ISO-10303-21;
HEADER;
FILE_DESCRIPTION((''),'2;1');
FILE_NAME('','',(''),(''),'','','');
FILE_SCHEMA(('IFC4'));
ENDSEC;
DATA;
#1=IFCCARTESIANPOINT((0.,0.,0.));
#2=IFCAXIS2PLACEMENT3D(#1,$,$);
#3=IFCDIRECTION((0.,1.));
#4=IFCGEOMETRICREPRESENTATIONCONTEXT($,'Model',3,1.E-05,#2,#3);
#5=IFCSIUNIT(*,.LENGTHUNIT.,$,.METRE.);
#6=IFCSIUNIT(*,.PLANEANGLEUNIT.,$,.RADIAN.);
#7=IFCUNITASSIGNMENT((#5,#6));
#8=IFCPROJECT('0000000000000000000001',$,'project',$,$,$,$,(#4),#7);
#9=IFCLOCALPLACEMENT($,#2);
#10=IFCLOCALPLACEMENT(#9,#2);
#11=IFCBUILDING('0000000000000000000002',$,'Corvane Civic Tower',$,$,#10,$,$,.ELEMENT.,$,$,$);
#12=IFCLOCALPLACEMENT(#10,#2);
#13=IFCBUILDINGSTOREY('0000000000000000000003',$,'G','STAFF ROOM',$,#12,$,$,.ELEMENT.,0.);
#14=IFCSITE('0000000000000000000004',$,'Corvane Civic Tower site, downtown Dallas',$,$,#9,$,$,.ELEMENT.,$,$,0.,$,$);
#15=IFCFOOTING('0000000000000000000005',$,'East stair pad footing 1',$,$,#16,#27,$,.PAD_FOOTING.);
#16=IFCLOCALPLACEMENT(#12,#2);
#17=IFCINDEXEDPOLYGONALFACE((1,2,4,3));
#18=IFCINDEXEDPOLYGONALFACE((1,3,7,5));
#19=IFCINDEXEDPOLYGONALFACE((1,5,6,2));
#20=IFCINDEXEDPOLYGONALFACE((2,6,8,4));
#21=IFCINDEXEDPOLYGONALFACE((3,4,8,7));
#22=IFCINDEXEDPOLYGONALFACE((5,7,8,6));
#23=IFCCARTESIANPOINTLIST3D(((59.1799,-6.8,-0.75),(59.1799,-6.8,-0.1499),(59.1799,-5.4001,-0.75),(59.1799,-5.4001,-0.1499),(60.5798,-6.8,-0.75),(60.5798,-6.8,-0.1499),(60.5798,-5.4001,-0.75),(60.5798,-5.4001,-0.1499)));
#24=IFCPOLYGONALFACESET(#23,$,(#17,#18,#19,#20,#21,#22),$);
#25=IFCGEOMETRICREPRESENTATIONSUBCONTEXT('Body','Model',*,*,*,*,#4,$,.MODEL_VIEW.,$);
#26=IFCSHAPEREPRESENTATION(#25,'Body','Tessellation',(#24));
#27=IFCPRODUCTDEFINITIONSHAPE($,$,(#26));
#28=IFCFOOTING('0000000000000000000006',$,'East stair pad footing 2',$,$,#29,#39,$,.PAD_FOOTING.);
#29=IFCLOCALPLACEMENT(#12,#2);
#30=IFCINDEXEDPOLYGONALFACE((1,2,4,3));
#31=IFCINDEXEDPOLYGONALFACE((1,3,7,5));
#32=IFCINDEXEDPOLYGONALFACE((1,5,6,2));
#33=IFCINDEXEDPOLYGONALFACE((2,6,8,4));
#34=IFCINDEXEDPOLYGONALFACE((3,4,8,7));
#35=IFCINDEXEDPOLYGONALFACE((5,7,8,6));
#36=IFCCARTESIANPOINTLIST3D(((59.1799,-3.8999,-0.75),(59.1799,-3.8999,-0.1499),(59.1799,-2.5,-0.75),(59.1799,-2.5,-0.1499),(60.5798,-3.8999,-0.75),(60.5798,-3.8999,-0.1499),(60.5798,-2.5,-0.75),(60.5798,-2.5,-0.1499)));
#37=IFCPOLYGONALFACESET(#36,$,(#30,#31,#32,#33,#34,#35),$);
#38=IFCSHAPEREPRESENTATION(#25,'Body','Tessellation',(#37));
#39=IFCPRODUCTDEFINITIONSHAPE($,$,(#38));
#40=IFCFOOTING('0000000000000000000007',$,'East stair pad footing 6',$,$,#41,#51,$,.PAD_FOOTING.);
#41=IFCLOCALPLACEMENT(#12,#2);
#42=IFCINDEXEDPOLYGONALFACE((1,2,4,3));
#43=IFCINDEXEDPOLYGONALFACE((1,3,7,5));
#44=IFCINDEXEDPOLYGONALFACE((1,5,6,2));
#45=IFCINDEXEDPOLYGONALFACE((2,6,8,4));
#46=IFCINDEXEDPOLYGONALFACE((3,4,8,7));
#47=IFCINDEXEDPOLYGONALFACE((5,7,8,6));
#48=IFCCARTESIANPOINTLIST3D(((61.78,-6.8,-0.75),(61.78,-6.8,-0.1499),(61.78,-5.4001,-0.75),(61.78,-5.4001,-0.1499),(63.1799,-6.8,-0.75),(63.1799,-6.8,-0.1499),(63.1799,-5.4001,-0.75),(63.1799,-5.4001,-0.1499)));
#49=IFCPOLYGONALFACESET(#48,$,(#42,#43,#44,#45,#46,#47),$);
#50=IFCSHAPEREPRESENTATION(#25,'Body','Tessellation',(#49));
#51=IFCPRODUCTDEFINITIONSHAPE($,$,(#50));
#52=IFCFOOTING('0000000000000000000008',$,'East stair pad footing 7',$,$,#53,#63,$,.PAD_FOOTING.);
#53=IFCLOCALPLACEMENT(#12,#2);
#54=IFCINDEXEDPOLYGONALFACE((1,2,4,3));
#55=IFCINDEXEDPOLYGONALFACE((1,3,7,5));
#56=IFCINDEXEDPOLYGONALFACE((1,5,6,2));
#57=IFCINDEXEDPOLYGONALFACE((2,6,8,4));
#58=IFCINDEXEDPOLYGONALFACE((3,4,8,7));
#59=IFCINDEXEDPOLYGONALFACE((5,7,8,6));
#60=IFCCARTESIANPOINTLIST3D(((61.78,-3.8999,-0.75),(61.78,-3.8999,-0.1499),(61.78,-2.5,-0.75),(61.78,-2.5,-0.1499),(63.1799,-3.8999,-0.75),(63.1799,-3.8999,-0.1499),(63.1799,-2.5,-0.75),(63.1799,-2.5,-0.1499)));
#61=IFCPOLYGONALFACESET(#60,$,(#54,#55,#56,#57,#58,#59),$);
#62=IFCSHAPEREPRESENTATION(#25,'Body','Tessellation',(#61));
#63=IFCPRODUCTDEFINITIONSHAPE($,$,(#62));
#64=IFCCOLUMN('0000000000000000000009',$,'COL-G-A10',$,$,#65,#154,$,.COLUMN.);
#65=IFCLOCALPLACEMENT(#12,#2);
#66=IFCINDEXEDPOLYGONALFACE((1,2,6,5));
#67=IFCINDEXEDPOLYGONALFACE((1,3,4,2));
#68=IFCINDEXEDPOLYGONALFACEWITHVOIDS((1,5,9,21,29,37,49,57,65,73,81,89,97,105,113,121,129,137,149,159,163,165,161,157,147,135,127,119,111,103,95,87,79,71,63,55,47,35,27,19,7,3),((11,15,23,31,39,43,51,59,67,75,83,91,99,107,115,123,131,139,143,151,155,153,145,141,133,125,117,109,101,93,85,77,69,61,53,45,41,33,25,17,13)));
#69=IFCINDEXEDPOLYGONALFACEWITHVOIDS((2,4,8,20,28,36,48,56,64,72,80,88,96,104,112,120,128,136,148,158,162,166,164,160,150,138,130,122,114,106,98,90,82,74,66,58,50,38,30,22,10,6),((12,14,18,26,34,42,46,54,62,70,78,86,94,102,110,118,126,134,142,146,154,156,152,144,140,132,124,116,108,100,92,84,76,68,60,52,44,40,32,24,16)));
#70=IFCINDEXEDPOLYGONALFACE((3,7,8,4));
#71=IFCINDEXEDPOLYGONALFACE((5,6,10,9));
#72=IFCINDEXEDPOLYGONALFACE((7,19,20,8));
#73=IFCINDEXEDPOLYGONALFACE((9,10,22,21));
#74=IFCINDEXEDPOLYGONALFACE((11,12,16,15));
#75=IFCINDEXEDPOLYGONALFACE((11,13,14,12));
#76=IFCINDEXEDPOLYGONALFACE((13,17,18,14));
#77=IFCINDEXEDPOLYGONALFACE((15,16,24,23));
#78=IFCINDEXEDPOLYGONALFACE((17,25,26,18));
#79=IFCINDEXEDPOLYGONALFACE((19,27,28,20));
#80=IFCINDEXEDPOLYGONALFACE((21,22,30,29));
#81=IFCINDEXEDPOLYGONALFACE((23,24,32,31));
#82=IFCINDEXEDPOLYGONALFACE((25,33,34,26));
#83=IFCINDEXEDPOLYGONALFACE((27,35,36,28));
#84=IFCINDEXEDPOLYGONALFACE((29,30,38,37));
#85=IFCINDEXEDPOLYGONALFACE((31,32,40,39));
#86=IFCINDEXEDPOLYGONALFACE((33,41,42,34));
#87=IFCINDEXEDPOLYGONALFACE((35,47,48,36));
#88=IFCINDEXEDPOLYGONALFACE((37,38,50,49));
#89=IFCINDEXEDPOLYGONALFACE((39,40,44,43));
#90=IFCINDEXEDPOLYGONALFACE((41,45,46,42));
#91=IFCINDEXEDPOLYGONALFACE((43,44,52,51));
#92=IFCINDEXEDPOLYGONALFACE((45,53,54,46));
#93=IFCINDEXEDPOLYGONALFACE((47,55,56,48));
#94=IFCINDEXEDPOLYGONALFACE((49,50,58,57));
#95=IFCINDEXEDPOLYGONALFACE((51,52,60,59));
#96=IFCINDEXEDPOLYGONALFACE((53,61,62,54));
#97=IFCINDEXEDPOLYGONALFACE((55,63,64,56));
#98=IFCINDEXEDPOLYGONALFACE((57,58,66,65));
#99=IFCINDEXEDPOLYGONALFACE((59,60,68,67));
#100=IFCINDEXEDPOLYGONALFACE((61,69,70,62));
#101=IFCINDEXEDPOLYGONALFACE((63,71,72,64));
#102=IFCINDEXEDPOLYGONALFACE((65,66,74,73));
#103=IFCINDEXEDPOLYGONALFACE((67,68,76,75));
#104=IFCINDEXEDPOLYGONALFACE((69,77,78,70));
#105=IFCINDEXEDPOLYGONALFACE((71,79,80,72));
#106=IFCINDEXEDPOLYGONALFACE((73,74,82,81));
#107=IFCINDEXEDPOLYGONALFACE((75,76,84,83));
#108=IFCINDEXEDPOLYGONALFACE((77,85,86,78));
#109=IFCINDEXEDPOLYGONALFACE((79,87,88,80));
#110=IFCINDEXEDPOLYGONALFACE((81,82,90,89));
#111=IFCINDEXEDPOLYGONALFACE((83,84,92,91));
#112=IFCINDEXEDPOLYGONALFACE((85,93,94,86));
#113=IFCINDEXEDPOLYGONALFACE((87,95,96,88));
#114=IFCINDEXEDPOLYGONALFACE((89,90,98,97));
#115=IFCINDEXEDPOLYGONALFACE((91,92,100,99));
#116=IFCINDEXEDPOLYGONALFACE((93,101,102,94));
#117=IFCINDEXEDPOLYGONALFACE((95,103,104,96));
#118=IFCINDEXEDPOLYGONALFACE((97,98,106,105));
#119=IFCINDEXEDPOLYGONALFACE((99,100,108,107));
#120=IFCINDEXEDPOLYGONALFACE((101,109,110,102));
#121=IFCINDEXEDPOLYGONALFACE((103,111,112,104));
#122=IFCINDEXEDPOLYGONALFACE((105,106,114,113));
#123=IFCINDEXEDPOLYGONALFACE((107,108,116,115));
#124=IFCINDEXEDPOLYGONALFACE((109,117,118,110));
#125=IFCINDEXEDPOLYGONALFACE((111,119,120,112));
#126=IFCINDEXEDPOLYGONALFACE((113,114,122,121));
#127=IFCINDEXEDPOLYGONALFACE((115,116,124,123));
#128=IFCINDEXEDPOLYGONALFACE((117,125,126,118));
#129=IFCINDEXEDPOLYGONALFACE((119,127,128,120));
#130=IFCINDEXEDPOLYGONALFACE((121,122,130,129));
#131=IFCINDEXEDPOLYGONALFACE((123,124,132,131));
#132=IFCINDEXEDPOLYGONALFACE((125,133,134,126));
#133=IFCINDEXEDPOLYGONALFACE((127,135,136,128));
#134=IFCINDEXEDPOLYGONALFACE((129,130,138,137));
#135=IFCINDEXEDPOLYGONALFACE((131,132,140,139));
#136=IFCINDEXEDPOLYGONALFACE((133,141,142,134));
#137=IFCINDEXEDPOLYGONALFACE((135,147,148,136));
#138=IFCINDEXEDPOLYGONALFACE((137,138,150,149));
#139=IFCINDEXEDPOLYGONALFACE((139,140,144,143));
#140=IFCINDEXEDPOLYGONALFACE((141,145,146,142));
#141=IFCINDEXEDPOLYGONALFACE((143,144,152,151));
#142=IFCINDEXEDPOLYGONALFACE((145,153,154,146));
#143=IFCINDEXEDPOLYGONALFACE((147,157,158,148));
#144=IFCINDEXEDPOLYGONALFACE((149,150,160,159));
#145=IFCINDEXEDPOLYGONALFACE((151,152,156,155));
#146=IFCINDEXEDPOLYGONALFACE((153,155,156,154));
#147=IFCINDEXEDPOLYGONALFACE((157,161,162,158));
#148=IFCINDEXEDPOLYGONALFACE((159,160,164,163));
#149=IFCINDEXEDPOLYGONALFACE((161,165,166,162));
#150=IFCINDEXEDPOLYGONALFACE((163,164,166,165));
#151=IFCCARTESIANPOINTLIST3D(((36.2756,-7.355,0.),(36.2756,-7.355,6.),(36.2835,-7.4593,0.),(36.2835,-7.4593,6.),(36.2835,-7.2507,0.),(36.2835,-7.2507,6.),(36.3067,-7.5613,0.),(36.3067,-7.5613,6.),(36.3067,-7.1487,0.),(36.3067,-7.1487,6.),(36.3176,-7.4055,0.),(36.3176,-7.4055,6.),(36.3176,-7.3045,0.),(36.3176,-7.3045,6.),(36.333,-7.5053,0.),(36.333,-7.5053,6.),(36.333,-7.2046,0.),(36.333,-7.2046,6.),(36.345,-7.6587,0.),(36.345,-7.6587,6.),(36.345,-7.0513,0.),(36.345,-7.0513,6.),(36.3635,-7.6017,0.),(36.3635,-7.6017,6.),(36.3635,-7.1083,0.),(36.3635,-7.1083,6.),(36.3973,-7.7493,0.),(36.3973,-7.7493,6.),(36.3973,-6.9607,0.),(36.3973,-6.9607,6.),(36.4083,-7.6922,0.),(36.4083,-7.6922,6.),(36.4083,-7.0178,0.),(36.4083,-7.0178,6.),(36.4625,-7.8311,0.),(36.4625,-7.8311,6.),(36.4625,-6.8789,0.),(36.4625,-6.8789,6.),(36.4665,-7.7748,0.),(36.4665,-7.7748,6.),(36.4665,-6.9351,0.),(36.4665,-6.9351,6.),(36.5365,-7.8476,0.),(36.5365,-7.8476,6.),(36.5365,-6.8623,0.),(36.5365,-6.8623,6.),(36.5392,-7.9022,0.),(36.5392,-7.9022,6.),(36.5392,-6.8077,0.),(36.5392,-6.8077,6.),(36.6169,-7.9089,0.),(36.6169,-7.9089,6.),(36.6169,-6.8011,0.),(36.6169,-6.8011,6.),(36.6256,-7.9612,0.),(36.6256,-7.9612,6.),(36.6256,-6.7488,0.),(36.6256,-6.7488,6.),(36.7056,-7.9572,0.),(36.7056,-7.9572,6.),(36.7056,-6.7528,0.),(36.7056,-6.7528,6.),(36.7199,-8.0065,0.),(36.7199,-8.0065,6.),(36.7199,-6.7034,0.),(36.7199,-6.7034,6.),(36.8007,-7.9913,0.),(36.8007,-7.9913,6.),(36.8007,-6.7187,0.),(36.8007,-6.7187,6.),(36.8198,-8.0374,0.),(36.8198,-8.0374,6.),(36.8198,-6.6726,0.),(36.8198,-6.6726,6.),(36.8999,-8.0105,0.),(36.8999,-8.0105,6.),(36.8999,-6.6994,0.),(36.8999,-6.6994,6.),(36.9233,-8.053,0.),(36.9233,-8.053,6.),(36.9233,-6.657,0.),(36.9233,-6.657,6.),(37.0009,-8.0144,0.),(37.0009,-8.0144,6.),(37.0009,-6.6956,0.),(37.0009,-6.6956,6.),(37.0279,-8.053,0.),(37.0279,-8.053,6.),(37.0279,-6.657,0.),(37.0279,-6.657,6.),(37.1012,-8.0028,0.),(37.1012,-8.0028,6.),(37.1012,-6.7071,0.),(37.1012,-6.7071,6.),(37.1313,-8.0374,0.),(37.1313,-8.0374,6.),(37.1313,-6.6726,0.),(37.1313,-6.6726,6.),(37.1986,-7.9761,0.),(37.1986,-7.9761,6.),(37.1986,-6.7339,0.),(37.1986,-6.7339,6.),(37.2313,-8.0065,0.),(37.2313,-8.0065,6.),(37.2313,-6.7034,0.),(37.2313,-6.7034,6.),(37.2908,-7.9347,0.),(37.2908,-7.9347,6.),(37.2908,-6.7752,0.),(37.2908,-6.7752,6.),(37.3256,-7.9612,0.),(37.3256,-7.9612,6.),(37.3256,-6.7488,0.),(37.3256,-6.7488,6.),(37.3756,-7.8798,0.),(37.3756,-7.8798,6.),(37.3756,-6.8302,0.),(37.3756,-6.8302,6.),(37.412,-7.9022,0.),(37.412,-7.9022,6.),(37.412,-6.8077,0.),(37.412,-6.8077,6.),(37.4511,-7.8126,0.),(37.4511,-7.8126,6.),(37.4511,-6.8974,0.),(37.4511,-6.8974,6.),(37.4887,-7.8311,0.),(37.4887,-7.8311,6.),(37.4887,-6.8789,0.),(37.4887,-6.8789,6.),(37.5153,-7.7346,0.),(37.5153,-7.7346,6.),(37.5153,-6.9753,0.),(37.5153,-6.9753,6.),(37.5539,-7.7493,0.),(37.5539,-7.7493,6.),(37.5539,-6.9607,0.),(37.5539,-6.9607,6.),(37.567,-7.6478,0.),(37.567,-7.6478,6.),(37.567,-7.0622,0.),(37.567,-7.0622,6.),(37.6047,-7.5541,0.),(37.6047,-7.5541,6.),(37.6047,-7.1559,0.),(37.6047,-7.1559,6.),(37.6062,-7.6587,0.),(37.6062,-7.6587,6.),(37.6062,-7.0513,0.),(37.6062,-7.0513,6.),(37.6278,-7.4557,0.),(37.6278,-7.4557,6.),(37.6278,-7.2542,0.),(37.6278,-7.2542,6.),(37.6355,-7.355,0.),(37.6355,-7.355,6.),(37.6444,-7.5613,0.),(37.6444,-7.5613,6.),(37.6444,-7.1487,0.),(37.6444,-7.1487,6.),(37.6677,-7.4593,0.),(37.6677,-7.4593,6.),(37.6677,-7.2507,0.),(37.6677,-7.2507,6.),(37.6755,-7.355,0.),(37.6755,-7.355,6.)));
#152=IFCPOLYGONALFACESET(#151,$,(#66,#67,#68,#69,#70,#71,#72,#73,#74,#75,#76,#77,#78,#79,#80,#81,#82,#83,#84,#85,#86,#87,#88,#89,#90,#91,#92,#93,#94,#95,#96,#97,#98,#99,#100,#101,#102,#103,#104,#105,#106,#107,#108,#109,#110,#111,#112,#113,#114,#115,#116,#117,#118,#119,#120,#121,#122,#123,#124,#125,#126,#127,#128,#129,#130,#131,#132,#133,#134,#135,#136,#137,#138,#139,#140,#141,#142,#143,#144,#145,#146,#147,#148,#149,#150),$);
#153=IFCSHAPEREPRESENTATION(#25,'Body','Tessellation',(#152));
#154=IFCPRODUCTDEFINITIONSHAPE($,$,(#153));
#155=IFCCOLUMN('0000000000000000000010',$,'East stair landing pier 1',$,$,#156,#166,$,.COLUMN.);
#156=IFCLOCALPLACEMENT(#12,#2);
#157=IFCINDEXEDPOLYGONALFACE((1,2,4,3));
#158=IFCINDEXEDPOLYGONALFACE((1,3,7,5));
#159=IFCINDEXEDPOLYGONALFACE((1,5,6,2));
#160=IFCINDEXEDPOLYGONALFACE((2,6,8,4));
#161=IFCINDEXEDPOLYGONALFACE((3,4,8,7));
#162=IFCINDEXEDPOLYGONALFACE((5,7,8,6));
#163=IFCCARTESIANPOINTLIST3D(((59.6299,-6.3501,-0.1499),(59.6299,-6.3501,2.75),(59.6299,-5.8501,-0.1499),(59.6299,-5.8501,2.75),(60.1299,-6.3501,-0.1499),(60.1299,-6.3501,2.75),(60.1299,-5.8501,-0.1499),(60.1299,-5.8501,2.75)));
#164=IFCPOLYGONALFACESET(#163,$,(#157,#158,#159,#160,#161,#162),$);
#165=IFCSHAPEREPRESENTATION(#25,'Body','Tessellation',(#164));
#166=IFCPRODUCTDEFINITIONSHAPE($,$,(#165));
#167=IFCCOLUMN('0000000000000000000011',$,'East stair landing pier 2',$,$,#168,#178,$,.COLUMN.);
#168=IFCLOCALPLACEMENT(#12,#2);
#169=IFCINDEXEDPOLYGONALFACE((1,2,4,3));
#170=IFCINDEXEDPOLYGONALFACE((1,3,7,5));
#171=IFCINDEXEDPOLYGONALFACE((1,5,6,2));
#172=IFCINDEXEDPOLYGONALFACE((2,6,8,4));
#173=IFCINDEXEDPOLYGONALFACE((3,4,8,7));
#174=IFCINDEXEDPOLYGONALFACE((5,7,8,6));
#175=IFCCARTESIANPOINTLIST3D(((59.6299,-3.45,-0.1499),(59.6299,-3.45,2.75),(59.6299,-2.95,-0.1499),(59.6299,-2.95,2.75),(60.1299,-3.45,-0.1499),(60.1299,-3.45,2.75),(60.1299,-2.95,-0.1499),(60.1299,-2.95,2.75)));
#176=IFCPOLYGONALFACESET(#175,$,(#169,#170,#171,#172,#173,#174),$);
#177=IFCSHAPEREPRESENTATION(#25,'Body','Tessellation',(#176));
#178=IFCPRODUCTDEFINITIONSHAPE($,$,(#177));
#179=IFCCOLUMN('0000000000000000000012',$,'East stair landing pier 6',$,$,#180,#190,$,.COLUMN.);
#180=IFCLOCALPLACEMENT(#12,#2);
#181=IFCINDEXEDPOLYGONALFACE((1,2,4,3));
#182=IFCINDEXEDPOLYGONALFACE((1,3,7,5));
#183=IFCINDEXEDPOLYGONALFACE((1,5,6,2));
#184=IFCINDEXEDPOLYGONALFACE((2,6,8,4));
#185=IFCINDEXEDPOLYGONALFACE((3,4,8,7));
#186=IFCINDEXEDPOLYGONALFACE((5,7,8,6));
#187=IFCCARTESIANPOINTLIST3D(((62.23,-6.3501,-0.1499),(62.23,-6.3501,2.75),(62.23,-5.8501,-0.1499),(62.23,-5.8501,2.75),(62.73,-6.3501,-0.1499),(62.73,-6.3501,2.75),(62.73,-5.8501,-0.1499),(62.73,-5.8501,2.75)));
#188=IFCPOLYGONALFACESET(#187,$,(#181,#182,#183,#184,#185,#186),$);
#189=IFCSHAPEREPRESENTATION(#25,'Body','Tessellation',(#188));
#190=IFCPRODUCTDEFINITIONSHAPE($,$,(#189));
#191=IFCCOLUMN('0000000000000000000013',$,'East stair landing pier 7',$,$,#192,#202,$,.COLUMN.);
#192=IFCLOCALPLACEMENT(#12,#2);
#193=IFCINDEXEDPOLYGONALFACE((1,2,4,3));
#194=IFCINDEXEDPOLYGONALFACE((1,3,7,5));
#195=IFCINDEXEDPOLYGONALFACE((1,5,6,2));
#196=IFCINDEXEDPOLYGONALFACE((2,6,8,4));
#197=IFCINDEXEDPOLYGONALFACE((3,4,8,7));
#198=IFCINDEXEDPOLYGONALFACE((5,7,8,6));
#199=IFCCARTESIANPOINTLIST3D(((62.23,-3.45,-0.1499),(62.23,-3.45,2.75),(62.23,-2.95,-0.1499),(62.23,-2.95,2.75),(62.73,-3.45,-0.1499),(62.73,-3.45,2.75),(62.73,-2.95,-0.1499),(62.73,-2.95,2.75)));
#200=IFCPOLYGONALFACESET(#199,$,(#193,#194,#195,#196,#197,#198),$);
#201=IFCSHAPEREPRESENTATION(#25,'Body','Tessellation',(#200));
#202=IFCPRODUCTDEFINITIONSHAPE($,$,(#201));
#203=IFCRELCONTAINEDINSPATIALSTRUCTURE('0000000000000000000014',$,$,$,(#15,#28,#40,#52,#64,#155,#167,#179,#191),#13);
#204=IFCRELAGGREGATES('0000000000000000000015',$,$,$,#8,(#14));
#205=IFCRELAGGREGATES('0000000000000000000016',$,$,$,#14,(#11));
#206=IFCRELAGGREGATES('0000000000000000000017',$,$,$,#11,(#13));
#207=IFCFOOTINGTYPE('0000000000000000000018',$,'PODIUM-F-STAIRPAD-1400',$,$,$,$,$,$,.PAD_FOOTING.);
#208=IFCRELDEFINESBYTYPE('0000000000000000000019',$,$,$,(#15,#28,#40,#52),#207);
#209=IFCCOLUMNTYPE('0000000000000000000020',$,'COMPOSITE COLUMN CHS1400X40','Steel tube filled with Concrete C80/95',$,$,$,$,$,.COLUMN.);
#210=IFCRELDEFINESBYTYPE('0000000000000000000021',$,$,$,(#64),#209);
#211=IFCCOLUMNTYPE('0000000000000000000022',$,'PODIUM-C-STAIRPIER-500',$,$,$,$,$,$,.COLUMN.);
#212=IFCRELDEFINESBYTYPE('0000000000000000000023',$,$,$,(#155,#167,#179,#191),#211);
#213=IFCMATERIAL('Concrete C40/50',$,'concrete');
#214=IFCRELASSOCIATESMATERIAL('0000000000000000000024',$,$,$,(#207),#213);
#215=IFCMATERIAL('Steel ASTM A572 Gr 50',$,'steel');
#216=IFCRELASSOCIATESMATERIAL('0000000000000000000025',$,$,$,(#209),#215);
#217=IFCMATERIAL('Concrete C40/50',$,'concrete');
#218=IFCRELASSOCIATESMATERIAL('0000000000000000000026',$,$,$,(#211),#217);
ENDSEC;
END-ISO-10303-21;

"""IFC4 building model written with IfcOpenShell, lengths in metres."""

from ifc_helpers import new_model, si_unit, direction, frame, origin, origin_2d, place, context, subcontext, project, spatial, rectangle, hollow_circle, extrude, material, material_profile, profile_set, type_object, element, save


model = new_model("IFC4")

# Units and contexts
model_context = context("Model", 3, precision=1e-05, world=origin(), true_north=direction((0.0, 1.0)))
body_context = subcontext(model_context, "Body", "Model", "MODEL_VIEW")
ifc_project = project(units=[si_unit("LENGTHUNIT", "METRE"), si_unit("PLANEANGLEUNIT", "RADIAN")], contexts=[model_context])

# Site, building, storey
site_placement = place(None, origin())
site = spatial("IfcSite", under=ifc_project, at=site_placement, Name="Corvane Civic Tower site, downtown Dallas", CompositionType="ELEMENT", RefElevation=0.0)
building_placement = place(site_placement, origin())
building = spatial("IfcBuilding", under=site, at=building_placement, Name="Corvane Civic Tower", CompositionType="ELEMENT")
storey_placement = place(building_placement, origin())
storey = spatial("IfcBuildingStorey", under=building, at=storey_placement, Name="G", Description="STAFF ROOM", CompositionType="ELEMENT", Elevation=0.0)

# Footings
ifc_material_1 = material(Name="Concrete C40/50", Category="concrete")
footing_type = type_object("IfcFootingType", Name="PODIUM-F-STAIRPAD-1400", PredefinedType="PAD_FOOTING", material=ifc_material_1)
for number, where, z_axis, x_axis, name in (
    (1, (59.8799, -6.1001, -0.75), (0.0, 0.0, 1.0), (1.0, 0.0, 0.0), "East stair pad footing 1"),
    (2, (59.8799, -3.2, -0.75), (0.0, 0.0, 1.0), (1.0, 0.0, 0.0), "East stair pad footing 2"),
    (3, (62.48, -6.1001, -0.75), (0.0, 0.0, 1.0), (1.0, 0.0, 0.0), "East stair pad footing 6"),
    (4, (62.48, -3.2, -0.75), (0.0, 0.0, 1.0), (1.0, 0.0, 0.0), "East stair pad footing 7"),
):
    element("IfcFooting", number, at=place(storey_placement, frame(where, z_axis=z_axis, x_axis=x_axis)), inside=storey, type_object=footing_type, Name=name, PredefinedType="PAD_FOOTING", context=body_context, shape_type="SweptSolid", body=[
        extrude(rectangle(XDim=1.3999, YDim=1.3999, at=origin_2d()), origin(), (0.0, 0.0, 1.0), 0.6001),
    ])

# Columns
ifc_material_2 = material(Name="Steel ASTM A572 Gr 50", Category="steel")
ifc_material_profile_1 = material_profile(ifc_material_2, hollow_circle(Radius=0.7, WallThickness=0.04, at=origin_2d()), Name="CHS1400X40")
ifc_profile_set_1 = profile_set([ifc_material_profile_1], Name="Steel ASTM A572 Gr 50")
column_type_1 = type_object("IfcColumnType", Name="COMPOSITE COLUMN CHS1400X40", Description="Steel tube filled with Concrete C80/95", PredefinedType="COLUMN", material=ifc_profile_set_1)
column_placement = place(storey_placement, frame((36.9756, -7.355, 0.0), z_axis=(0.0, 0.0, 1.0), x_axis=(1.0, 0.0, 0.0)))
element("IfcColumn", 5, at=column_placement, inside=storey, type_object=column_type_1, Name="COL-G-A10", PredefinedType="COLUMN", context=body_context, shape_type="SweptSolid", body=[
    extrude(hollow_circle(Radius=0.7, WallThickness=0.04, at=origin_2d()), origin(), (0.0, 0.0, 1.0), 6.0),
])
ifc_material_3 = material(Name="Concrete C40/50", Category="concrete")
ifc_material_profile_2 = material_profile(ifc_material_3, rectangle(XDim=0.5, YDim=0.5, at=origin_2d()), Name="RC 500x500")
ifc_profile_set_2 = profile_set([ifc_material_profile_2], Name="Concrete C40/50")
column_type_2 = type_object("IfcColumnType", Name="PODIUM-C-STAIRPIER-500", PredefinedType="COLUMN", material=ifc_profile_set_2)
for number, where, z_axis, x_axis, name in (
    (6, (59.8799, -6.1001, -0.1499), (0.0, 0.0, 1.0), (1.0, 0.0, 0.0), "East stair landing pier 1"),
    (7, (59.8799, -3.2, -0.1499), (0.0, 0.0, 1.0), (1.0, 0.0, 0.0), "East stair landing pier 2"),
    (8, (62.48, -6.1001, -0.1499), (0.0, 0.0, 1.0), (1.0, 0.0, 0.0), "East stair landing pier 6"),
    (9, (62.48, -3.2, -0.1499), (0.0, 0.0, 1.0), (1.0, 0.0, 0.0), "East stair landing pier 7"),
):
    element("IfcColumn", number, at=place(storey_placement, frame(where, z_axis=z_axis, x_axis=x_axis)), inside=storey, type_object=column_type_2, Name=name, PredefinedType="COLUMN", context=body_context, shape_type="SweptSolid", body=[
        extrude(rectangle(XDim=0.5, YDim=0.5, at=origin_2d()), origin(), (0.0, 0.0, 1.0), 2.8999),
    ])

save(model, "model.ifc")
